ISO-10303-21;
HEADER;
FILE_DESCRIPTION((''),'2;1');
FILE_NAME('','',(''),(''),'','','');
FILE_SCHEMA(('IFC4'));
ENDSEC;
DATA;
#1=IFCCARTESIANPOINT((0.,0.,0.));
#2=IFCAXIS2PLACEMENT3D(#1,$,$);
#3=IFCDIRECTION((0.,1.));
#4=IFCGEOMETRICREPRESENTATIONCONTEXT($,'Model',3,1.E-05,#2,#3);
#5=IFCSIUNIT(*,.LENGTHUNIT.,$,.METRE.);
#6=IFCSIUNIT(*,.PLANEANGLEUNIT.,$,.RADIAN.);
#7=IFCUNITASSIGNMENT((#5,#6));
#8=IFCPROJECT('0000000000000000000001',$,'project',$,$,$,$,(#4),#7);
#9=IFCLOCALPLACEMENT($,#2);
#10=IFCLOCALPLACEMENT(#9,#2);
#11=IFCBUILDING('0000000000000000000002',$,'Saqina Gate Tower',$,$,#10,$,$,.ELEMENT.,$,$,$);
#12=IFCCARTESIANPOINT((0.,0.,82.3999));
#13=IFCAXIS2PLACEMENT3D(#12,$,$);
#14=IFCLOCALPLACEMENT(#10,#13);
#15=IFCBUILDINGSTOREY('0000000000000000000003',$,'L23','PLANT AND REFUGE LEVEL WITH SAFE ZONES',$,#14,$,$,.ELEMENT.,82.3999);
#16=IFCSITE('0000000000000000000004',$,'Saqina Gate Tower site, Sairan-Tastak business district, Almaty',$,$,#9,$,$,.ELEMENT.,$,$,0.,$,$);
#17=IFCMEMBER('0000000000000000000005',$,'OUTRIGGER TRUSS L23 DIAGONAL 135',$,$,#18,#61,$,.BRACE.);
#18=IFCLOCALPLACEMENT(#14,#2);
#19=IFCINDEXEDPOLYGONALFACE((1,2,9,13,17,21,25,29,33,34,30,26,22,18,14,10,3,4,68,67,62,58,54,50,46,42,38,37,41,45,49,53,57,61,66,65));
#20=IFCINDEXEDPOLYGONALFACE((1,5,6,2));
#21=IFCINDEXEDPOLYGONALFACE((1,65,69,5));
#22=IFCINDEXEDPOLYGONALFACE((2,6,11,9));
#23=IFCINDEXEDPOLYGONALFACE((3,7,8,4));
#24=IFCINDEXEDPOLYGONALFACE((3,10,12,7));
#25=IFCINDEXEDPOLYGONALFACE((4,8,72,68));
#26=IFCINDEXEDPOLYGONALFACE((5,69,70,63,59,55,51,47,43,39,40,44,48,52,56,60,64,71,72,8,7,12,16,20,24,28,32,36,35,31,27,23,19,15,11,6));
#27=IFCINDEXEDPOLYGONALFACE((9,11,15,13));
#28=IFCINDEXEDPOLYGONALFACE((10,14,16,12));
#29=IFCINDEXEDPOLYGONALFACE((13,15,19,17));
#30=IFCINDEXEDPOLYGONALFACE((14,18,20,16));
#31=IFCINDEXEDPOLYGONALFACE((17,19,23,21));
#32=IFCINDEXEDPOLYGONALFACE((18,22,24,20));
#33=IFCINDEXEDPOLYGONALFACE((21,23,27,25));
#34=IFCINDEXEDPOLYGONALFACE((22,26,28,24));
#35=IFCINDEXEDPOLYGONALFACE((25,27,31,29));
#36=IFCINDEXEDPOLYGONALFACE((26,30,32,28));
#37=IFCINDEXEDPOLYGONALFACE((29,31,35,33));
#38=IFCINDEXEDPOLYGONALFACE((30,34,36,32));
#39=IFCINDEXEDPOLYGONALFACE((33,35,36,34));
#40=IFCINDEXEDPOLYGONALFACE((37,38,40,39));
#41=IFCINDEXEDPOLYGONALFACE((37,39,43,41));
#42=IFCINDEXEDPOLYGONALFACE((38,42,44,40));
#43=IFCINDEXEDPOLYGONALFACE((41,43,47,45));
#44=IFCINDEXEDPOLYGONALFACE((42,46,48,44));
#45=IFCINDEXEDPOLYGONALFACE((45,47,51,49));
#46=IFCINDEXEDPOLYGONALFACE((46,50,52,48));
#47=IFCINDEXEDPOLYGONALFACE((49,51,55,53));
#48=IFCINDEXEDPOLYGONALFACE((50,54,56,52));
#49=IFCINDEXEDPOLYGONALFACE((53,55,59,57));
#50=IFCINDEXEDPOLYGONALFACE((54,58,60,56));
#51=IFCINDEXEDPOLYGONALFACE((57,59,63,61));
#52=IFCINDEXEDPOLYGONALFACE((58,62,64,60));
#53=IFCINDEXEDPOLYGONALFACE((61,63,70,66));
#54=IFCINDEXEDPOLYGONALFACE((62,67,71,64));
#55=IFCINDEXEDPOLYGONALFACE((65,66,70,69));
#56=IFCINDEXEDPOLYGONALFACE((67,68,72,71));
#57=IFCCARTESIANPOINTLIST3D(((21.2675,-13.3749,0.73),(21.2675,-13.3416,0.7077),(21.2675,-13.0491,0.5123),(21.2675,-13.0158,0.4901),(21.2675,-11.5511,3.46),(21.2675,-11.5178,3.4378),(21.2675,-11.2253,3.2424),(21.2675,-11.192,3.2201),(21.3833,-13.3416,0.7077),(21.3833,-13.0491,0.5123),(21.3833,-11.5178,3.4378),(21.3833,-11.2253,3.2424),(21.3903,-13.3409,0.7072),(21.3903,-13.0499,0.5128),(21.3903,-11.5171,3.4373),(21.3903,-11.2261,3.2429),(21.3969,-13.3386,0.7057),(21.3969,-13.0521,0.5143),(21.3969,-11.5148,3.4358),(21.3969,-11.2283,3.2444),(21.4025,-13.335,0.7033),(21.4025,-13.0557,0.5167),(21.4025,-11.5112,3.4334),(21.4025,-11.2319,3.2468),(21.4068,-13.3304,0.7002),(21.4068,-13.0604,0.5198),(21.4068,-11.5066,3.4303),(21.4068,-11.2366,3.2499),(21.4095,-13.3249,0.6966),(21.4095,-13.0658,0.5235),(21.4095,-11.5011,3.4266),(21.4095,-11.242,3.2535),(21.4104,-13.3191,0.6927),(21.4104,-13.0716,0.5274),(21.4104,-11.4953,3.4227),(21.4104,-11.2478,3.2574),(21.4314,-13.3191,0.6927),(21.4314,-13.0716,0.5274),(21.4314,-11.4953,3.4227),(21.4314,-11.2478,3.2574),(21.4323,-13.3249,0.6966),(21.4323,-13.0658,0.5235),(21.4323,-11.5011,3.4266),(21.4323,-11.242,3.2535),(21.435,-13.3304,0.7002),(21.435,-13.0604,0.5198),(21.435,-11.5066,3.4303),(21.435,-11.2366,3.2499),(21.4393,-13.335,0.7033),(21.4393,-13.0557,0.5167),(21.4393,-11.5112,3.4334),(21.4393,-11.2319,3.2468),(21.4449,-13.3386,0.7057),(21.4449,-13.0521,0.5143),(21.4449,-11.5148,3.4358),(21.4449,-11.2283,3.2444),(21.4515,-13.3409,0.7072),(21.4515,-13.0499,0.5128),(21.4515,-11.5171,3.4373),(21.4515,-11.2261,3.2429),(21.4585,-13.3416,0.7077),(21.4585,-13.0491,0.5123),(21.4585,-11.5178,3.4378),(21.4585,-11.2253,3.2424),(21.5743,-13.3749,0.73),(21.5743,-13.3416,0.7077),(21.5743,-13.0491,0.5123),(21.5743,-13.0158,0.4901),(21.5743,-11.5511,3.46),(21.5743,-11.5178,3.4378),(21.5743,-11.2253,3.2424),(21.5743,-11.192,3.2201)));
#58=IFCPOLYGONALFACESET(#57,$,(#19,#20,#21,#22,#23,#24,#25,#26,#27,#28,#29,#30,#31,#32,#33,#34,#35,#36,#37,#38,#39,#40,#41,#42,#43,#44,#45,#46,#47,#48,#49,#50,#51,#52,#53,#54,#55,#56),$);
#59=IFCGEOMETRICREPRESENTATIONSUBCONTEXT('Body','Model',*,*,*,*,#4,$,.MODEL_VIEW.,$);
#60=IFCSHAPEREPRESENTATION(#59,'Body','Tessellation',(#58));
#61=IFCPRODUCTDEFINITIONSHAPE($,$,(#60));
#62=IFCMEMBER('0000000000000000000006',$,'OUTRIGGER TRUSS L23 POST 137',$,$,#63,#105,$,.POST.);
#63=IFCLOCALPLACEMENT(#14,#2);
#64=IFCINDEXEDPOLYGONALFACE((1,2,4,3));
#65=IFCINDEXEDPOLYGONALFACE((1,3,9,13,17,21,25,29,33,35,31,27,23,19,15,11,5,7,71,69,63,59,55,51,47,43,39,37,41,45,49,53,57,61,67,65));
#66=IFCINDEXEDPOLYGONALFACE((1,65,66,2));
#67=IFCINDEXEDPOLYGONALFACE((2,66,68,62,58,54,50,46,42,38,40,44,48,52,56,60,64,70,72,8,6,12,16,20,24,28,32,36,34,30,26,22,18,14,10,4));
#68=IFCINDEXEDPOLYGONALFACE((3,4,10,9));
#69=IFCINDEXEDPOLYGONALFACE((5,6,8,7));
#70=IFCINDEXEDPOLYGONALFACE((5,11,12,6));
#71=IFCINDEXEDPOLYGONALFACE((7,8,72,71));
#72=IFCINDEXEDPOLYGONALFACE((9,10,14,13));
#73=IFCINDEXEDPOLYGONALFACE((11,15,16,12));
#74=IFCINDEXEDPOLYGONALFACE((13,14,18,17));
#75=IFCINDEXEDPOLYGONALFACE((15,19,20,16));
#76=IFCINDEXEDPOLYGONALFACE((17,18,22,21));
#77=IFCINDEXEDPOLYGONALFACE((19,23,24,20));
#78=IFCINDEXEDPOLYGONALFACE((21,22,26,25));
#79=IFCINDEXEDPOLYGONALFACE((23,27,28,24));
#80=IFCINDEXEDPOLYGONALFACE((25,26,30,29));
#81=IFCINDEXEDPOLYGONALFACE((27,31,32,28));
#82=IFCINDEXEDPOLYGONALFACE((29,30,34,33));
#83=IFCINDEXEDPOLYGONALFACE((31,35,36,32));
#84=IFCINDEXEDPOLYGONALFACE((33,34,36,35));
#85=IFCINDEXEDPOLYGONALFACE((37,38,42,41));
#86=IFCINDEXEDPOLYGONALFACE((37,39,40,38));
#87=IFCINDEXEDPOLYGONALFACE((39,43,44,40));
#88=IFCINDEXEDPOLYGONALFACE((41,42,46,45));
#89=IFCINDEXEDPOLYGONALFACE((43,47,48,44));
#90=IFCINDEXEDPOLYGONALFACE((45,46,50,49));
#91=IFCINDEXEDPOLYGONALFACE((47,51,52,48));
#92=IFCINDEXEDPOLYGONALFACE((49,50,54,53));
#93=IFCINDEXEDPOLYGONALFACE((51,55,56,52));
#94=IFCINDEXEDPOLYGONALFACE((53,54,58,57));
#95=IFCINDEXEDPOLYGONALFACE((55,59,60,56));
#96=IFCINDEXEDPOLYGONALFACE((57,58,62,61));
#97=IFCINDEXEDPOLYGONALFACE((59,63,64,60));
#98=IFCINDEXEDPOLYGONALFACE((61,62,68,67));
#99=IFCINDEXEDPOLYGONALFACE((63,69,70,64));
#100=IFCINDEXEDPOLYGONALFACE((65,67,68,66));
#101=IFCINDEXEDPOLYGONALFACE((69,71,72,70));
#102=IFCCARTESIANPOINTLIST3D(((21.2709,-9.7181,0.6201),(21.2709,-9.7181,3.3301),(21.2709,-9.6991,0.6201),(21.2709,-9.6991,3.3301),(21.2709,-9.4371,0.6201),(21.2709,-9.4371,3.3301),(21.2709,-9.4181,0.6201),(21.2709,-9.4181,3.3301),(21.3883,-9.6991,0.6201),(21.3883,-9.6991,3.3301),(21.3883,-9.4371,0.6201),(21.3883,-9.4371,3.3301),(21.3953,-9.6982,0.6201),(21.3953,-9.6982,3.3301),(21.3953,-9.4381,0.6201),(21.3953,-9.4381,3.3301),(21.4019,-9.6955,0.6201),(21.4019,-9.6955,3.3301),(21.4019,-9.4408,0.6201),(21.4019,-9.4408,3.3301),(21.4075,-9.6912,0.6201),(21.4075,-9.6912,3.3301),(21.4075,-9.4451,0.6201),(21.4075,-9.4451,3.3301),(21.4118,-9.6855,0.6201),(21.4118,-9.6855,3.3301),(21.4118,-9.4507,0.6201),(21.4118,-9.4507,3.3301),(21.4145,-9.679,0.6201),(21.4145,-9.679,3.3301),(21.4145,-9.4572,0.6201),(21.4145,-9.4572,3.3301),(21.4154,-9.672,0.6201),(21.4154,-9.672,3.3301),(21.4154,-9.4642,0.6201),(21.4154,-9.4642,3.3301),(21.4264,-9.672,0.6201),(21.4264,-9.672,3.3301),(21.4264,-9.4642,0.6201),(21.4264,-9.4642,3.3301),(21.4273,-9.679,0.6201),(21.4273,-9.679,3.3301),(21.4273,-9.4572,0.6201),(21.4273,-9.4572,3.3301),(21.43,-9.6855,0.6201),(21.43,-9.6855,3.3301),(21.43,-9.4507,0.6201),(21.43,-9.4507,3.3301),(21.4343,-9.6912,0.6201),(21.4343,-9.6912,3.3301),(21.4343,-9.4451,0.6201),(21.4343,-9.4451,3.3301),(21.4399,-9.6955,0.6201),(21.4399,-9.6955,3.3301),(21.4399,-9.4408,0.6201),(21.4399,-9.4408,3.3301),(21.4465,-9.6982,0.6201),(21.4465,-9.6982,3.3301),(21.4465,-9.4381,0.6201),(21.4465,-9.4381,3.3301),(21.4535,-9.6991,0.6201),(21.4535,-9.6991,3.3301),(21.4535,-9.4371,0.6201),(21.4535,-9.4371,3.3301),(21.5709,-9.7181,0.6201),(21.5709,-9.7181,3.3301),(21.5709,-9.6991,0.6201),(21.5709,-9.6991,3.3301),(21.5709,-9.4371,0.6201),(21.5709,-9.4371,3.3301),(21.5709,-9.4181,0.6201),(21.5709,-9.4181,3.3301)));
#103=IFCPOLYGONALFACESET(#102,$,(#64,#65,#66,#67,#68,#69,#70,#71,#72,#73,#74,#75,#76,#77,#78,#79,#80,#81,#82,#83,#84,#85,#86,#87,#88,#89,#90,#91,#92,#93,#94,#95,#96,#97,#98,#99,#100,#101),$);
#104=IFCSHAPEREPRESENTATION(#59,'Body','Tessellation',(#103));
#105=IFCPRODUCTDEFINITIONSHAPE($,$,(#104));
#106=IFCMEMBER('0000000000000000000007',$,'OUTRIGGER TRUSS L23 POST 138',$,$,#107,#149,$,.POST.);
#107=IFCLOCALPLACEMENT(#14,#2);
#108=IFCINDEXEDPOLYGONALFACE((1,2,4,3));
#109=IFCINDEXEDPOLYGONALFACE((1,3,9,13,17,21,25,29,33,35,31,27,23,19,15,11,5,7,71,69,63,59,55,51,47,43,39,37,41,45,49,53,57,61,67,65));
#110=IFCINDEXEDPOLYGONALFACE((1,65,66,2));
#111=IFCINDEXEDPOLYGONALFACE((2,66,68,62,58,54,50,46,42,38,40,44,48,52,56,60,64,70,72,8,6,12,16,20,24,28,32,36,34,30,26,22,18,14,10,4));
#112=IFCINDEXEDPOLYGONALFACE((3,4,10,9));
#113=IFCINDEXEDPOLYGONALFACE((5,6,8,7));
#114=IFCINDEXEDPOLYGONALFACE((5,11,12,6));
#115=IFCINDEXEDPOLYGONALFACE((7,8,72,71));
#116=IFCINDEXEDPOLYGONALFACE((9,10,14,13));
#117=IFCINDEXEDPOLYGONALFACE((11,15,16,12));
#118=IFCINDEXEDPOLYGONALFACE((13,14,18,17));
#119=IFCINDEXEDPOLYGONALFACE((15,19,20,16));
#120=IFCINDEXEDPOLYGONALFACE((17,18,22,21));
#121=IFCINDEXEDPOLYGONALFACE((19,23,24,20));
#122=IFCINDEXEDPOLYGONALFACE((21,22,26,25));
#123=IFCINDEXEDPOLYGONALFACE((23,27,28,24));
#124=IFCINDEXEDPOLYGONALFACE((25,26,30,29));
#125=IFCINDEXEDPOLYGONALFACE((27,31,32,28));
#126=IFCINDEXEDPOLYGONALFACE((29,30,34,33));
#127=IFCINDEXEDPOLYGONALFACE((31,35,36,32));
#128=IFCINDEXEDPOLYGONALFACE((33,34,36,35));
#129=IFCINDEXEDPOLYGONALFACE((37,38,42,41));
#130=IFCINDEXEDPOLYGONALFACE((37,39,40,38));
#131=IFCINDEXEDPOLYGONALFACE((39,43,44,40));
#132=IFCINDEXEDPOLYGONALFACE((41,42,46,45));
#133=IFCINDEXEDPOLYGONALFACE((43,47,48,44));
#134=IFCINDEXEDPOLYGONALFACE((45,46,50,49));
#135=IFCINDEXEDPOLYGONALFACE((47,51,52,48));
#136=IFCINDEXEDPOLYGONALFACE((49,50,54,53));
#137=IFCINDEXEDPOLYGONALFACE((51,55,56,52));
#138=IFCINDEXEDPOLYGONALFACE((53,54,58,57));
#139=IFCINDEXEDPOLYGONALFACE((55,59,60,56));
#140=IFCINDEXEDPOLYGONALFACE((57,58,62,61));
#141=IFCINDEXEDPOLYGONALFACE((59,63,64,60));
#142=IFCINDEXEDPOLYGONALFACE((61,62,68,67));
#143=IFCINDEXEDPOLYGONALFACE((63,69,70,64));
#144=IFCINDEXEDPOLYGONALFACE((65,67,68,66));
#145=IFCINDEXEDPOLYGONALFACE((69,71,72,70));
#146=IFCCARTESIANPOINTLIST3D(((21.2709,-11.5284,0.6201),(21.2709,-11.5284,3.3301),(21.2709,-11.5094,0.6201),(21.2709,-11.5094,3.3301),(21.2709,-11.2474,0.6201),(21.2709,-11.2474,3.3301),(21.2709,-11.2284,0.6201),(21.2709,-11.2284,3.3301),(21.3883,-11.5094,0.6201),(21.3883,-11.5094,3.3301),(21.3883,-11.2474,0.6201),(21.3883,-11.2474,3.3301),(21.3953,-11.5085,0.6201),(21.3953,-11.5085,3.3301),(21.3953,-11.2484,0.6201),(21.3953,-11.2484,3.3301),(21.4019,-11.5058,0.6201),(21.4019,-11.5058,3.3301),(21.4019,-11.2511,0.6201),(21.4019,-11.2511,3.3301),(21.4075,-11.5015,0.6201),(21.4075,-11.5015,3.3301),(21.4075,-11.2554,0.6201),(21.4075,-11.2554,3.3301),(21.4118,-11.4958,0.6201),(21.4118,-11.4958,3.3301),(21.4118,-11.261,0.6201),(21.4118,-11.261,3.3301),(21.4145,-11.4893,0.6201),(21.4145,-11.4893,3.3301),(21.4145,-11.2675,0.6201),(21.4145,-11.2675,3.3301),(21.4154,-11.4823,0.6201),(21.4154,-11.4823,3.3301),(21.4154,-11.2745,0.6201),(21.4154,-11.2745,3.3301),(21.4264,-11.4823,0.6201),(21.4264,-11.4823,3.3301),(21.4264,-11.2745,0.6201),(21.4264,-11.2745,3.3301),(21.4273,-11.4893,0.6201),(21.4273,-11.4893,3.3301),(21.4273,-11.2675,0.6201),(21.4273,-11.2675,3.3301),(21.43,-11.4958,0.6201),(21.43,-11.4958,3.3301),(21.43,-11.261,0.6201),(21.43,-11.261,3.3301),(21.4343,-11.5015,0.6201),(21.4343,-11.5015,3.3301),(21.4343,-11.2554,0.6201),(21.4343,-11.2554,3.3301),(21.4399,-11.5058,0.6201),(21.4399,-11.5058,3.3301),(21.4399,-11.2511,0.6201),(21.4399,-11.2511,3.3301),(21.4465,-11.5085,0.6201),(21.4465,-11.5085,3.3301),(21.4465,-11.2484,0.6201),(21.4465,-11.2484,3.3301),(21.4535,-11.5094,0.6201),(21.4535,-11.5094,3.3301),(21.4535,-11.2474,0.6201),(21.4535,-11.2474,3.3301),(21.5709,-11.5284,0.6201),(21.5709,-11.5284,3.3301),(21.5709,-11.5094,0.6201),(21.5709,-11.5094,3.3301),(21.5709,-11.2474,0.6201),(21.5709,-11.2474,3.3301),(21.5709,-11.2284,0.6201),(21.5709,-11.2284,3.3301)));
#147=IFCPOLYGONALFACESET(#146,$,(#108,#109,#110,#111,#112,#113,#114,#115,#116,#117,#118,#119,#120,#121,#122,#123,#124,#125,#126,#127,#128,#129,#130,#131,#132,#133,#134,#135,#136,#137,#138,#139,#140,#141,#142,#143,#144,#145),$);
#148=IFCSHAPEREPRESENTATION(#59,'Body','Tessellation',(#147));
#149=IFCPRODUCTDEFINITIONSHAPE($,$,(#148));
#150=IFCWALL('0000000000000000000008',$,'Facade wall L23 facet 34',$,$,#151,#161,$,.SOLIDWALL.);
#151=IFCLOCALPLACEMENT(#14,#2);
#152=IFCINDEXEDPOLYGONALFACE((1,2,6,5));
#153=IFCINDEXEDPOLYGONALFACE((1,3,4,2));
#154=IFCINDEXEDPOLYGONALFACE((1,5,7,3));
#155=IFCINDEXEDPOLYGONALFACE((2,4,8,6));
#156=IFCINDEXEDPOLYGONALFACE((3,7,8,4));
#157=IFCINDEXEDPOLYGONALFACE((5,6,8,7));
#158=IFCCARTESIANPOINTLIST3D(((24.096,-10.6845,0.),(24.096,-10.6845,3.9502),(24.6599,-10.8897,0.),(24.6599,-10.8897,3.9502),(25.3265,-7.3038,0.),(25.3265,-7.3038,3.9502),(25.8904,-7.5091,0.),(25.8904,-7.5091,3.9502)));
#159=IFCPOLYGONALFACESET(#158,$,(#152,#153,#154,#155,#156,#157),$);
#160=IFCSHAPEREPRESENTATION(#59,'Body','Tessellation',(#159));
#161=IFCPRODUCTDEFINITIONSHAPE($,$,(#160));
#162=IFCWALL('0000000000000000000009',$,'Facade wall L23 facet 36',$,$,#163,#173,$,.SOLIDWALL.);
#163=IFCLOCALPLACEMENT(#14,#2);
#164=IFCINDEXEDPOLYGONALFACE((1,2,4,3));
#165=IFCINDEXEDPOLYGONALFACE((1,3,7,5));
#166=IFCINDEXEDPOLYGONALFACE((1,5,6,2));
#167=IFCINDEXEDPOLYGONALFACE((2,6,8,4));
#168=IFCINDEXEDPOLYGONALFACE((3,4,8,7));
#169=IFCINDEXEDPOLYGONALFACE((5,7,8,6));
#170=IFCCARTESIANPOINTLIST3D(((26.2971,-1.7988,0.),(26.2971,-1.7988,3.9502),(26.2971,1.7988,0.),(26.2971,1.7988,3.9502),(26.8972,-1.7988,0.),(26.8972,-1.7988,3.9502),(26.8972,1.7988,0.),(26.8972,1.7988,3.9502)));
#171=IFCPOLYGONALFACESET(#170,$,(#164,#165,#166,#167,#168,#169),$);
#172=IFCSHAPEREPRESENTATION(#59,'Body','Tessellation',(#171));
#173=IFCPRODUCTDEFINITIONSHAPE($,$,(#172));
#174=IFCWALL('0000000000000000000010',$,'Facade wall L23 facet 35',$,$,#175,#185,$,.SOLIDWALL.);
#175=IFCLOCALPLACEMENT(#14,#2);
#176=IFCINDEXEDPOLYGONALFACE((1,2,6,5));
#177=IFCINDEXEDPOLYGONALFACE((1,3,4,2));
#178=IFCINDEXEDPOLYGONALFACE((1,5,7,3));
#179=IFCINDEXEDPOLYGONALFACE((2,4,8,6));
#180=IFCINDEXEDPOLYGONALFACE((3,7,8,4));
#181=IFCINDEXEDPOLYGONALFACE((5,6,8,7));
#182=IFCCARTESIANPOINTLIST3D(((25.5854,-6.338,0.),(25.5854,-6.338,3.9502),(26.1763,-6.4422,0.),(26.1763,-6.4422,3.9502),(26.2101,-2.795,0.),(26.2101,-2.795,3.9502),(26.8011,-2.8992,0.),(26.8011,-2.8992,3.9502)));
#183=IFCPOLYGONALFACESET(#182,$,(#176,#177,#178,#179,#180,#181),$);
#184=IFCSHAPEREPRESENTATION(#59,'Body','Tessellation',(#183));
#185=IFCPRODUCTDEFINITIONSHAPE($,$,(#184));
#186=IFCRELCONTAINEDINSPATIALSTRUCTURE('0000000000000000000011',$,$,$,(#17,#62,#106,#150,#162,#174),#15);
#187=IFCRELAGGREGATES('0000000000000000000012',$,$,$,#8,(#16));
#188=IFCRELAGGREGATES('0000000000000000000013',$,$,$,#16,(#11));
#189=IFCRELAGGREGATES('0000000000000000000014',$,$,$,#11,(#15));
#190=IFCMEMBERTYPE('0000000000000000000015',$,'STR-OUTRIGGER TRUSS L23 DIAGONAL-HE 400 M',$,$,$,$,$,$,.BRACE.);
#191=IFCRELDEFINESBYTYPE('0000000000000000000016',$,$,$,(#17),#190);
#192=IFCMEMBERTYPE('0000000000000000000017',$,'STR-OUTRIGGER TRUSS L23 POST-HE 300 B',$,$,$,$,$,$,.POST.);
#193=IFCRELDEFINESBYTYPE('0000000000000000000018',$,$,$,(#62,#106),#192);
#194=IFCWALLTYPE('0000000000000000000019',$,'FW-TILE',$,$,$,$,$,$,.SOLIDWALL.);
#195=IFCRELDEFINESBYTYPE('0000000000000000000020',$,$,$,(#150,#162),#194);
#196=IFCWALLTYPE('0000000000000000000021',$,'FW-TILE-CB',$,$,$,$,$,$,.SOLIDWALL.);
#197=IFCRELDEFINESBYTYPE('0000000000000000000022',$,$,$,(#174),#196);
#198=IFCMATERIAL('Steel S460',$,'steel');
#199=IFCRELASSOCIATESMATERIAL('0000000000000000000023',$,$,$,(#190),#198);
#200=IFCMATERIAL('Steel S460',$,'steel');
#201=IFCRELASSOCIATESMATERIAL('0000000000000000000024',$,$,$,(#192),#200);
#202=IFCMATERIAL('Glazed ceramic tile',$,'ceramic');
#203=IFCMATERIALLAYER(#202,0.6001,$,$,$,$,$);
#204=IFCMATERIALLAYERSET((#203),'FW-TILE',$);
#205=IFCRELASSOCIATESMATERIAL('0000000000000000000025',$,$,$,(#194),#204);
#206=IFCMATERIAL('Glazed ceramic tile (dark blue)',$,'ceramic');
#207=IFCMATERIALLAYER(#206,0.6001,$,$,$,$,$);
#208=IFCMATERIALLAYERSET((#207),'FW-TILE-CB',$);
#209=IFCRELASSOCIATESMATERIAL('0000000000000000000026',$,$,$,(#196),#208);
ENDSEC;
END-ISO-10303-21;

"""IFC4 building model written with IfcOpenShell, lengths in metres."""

from ifc_helpers import new_model, si_unit, direction, frame, frame_2d, origin, origin_2d, place, context, subcontext, project, spatial, rectangle, i_section, extrude, material, layer, layer_set, material_profile, profile_set, type_object, element, save


model = new_model("IFC4")

# Units and contexts
model_context = context("Model", 3, precision=1e-05, world=origin(), true_north=direction((0.0, 1.0)))
body_context = subcontext(model_context, "Body", "Model", "MODEL_VIEW")
ifc_project = project(units=[si_unit("LENGTHUNIT", "METRE"), si_unit("PLANEANGLEUNIT", "RADIAN")], contexts=[model_context])

# Site, building, storey
site_placement = place(None, origin())
site = spatial("IfcSite", under=ifc_project, at=site_placement, Name="Saqina Gate Tower site, Sairan-Tastak business district, Almaty", CompositionType="ELEMENT", RefElevation=0.0)
building_placement = place(site_placement, origin())
building = spatial("IfcBuilding", under=site, at=building_placement, Name="Saqina Gate Tower", CompositionType="ELEMENT")
storey_placement = place(building_placement, frame((0.0, 0.0, 82.3999)))
storey = spatial("IfcBuildingStorey", under=building, at=storey_placement, Name="L23", Description="PLANT AND REFUGE LEVEL WITH SAFE ZONES", CompositionType="ELEMENT", Elevation=82.3999)

# Members
ifc_material_1 = material(Name="Steel S460", Category="steel")
ifc_material_profile_1 = material_profile(ifc_material_1, i_section(OverallWidth=0.3069, OverallDepth=0.4319, WebThickness=0.021, FlangeThickness=0.04, FilletRadius=0.0271, at=origin_2d()), Name="HE 400 M")
ifc_profile_set_1 = profile_set([ifc_material_profile_1], Name="Steel S460")
member_type_1 = type_object("IfcMemberType", Name="STR-OUTRIGGER TRUSS L23 DIAGONAL-HE 400 M", PredefinedType="BRACE", material=ifc_profile_set_1)
for number, where, z_axis, x_axis, name in (
    (1, (21.4209, -11.3716, 3.3401), (0.0, -0.555489, -0.831524), (1.0, 0.0, 0.0), "OUTRIGGER TRUSS L23 DIAGONAL 135"),
):
    element("IfcMember", number, at=place(storey_placement, frame(where, z_axis=z_axis, x_axis=x_axis)), inside=storey, type_object=member_type_1, Name=name, PredefinedType="BRACE", context=body_context, shape_type="SweptSolid", body=[
        extrude(i_section(OverallWidth=0.3069, OverallDepth=0.4319, WebThickness=0.021, FlangeThickness=0.04, FilletRadius=0.0271, at=origin_2d()), origin(), (0.0, 0.0, 1.0), 3.2832),
    ])
ifc_material_2 = material(Name="Steel S460", Category="steel")
ifc_material_profile_2 = material_profile(ifc_material_2, i_section(OverallWidth=0.3, OverallDepth=0.3, WebThickness=0.011, FlangeThickness=0.019, FilletRadius=0.0271, at=origin_2d()), Name="HE 300 B")
ifc_profile_set_2 = profile_set([ifc_material_profile_2], Name="Steel S460")
member_type_2 = type_object("IfcMemberType", Name="STR-OUTRIGGER TRUSS L23 POST-HE 300 B", PredefinedType="POST", material=ifc_profile_set_2)
for number, where, z_axis, x_axis, name in (
    (2, (21.4209, -9.5681, 0.6201), (0.0, 0.0, 1.0), (1.0, 0.0, 0.0), "OUTRIGGER TRUSS L23 POST 137"),
    (3, (21.4209, -11.3784, 0.6201), (0.0, 0.0, 1.0), (1.0, 0.0, 0.0), "OUTRIGGER TRUSS L23 POST 138"),
):
    element("IfcMember", number, at=place(storey_placement, frame(where, z_axis=z_axis, x_axis=x_axis)), inside=storey, type_object=member_type_2, Name=name, PredefinedType="POST", context=body_context, shape_type="SweptSolid", body=[
        extrude(i_section(OverallWidth=0.3, OverallDepth=0.3, WebThickness=0.011, FlangeThickness=0.019, FilletRadius=0.0271, at=origin_2d()), origin(), (0.0, 0.0, 1.0), 2.71),
    ])

# Walls
ifc_material_3 = material(Name="Glazed ceramic tile", Category="ceramic")
ifc_layer_1 = layer(ifc_material_3, 0.6001)
ifc_layer_set_1 = layer_set([ifc_layer_1], Name="FW-TILE")
wall_type_1 = type_object("IfcWallType", Name="FW-TILE", PredefinedType="SOLIDWALL", material=ifc_layer_set_1)
for number, where, z_axis, x_axis, name in (
    (4, (24.3779, -10.7871, 0.0), (0.0, 0.0, 1.0), (0.342026, 0.93969, 0.0), "Facade wall L23 facet 34"),
    (5, (26.5972, -1.7988, 0.0), (0.0, 0.0, 1.0), (0.0, 1.0, 0.0), "Facade wall L23 facet 36"),
):
    element("IfcWall", number, at=place(storey_placement, frame(where, z_axis=z_axis, x_axis=x_axis)), inside=storey, type_object=wall_type_1, Name=name, PredefinedType="SOLIDWALL", context=body_context, shape_type="SweptSolid", body=[
        extrude(rectangle(XDim=3.5977, YDim=0.6001, at=frame_2d((1.7988, 0.0))), origin(), (0.0, 0.0, 1.0), 3.9502),
    ])
ifc_material_4 = material(Name="Glazed ceramic tile (dark blue)", Category="ceramic")
ifc_layer_2 = layer(ifc_material_4, 0.6001)
ifc_layer_set_2 = layer_set([ifc_layer_2], Name="FW-TILE-CB")
wall_type_2 = type_object("IfcWallType", Name="FW-TILE-CB", PredefinedType="SOLIDWALL", material=ifc_layer_set_2)
wall_1_placement = place(storey_placement, frame((25.8809, -6.3901, 0.0), z_axis=(0.0, 0.0, 1.0), x_axis=(0.173658, 0.984806, 0.0)))
element("IfcWall", 6, at=wall_1_placement, inside=storey, type_object=wall_type_2, Name="Facade wall L23 facet 35", PredefinedType="SOLIDWALL", context=body_context, shape_type="SweptSolid", body=[
    extrude(rectangle(XDim=3.5977, YDim=0.6001, at=frame_2d((1.7988, 0.0))), origin(), (0.0, 0.0, 1.0), 3.9502),
])

save(model, "model.ifc")
